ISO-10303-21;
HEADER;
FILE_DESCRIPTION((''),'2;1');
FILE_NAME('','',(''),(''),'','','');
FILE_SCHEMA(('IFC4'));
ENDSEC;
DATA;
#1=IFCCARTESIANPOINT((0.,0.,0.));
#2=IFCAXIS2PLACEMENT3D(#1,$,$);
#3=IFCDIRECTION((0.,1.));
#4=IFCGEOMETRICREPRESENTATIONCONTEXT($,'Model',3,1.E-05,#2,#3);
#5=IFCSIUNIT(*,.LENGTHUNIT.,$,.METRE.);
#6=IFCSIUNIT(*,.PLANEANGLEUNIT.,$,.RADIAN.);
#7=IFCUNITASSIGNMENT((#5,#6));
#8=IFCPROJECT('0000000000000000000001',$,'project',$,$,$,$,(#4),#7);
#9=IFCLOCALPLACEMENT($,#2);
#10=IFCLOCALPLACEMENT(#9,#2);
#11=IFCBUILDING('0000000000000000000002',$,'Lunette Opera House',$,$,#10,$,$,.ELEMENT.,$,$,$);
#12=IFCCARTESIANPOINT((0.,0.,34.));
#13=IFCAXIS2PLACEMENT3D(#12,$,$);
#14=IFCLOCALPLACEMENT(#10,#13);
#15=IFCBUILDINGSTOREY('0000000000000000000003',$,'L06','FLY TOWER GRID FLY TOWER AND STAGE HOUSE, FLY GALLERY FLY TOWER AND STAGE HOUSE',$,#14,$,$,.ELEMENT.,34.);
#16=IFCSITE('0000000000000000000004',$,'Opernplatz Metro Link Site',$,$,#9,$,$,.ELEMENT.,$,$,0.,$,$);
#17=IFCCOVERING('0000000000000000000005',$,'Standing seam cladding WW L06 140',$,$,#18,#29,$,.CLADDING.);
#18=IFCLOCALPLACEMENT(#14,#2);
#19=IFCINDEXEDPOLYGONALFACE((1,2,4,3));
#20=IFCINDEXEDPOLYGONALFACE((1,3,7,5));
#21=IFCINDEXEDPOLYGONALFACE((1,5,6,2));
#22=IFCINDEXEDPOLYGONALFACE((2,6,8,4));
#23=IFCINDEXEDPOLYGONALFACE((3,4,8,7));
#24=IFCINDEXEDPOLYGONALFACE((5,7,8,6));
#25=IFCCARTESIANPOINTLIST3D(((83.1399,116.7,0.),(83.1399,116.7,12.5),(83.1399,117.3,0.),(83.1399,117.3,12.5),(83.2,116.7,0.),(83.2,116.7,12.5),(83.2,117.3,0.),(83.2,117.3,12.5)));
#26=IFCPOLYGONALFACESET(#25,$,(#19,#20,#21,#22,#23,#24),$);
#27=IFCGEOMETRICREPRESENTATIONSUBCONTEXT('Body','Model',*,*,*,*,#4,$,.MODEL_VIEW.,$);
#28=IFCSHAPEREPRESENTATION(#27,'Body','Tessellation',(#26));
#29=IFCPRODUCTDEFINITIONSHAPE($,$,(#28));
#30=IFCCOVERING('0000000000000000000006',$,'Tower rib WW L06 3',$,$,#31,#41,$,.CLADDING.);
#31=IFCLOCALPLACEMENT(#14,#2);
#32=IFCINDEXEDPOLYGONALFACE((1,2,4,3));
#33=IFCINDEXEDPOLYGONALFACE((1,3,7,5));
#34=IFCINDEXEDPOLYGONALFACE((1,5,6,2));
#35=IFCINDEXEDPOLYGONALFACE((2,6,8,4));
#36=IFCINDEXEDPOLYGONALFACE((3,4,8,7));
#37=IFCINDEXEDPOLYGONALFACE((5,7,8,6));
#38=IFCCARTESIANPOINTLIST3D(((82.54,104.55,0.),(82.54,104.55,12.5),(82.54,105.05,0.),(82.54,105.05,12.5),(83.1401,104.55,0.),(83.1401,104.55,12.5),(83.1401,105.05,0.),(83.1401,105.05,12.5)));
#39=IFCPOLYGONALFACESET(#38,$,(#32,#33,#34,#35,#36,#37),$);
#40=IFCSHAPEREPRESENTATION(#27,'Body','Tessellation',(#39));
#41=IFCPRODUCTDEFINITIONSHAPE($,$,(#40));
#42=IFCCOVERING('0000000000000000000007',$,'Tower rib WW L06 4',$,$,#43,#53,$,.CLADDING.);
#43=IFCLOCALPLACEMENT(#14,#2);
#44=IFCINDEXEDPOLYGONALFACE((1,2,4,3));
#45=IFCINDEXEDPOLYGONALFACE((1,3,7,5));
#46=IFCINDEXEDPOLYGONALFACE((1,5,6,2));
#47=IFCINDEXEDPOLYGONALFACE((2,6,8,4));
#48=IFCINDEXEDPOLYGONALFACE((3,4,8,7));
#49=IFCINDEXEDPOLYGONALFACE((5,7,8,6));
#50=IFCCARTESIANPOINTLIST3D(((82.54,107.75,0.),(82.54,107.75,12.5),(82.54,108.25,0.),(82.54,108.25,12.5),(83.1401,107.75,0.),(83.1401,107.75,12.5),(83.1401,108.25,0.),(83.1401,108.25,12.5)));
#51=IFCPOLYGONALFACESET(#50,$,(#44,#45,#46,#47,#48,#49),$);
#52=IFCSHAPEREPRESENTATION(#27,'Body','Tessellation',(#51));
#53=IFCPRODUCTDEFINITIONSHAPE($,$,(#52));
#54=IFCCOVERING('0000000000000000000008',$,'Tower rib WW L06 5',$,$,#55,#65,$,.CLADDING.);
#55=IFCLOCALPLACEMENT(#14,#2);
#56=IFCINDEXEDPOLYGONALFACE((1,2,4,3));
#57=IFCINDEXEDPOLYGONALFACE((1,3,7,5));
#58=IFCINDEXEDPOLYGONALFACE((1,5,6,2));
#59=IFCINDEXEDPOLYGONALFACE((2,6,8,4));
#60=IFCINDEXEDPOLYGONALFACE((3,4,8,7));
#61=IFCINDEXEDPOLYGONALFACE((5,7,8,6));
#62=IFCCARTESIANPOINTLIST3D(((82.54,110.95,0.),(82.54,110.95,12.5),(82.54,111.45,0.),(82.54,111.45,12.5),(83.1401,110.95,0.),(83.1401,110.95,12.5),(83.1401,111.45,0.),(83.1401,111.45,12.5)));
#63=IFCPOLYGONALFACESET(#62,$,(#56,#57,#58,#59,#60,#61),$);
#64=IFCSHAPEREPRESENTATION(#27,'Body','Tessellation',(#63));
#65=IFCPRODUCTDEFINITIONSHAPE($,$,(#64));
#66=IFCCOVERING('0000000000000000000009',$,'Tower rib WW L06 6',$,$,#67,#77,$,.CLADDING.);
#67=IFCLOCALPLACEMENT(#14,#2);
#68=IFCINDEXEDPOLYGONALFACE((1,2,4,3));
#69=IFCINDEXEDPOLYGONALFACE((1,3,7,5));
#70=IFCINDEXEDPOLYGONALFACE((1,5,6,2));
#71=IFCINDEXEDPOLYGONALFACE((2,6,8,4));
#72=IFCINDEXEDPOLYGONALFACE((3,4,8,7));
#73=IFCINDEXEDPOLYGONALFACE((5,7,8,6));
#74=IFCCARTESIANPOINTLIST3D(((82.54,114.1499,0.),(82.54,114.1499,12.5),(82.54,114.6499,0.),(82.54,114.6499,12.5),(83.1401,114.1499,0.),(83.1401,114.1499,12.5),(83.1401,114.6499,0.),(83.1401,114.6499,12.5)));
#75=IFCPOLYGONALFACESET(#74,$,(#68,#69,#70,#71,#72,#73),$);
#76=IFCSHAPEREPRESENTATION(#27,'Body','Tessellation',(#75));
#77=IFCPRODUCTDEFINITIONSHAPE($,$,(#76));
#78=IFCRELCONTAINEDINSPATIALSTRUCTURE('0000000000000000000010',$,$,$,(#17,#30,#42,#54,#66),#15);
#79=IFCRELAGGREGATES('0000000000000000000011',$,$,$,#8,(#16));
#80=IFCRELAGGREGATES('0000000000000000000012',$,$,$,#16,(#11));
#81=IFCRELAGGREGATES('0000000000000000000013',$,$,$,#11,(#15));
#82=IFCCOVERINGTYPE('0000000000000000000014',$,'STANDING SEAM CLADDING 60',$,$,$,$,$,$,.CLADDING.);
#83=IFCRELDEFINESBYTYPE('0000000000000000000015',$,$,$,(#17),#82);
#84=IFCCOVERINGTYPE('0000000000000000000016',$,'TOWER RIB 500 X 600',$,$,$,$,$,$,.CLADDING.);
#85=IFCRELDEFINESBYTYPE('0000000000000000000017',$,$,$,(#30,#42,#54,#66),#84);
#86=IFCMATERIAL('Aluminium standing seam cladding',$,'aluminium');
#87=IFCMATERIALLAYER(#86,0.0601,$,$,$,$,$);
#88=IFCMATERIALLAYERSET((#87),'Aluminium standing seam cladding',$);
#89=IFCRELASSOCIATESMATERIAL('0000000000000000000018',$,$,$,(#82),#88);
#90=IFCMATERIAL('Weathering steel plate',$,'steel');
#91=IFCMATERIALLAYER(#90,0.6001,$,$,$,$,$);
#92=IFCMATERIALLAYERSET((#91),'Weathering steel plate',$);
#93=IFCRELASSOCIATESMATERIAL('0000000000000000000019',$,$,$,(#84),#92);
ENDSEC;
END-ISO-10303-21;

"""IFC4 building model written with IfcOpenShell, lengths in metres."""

from ifc_helpers import new_model, si_unit, direction, frame, origin, origin_2d, place, context, subcontext, project, spatial, rectangle, extrude, material, layer, layer_set, type_object, element, save


model = new_model("IFC4")

# Units and contexts
model_context = context("Model", 3, precision=1e-05, world=origin(), true_north=direction((0.0, 1.0)))
body_context = subcontext(model_context, "Body", "Model", "MODEL_VIEW")
ifc_project = project(units=[si_unit("LENGTHUNIT", "METRE"), si_unit("PLANEANGLEUNIT", "RADIAN")], contexts=[model_context])

# Site, building, storey
site_placement = place(None, origin())
site = spatial("IfcSite", under=ifc_project, at=site_placement, Name="Opernplatz Metro Link Site", CompositionType="ELEMENT", RefElevation=0.0)
building_placement = place(site_placement, origin())
building = spatial("IfcBuilding", under=site, at=building_placement, Name="Lunette Opera House", CompositionType="ELEMENT")
storey_placement = place(building_placement, frame((0.0, 0.0, 34.0)))
storey = spatial("IfcBuildingStorey", under=building, at=storey_placement, Name="L06", Description="FLY TOWER GRID FLY TOWER AND STAGE HOUSE, FLY GALLERY FLY TOWER AND STAGE HOUSE", CompositionType="ELEMENT", Elevation=34.0)

# Coverings
ifc_material_1 = material(Name="Aluminium standing seam cladding", Category="aluminium")
ifc_layer_1 = layer(ifc_material_1, 0.0601)
ifc_layer_set_1 = layer_set([ifc_layer_1], Name="Aluminium standing seam cladding")
covering_type_1 = type_object("IfcCoveringType", Name="STANDING SEAM CLADDING 60", PredefinedType="CLADDING", material=ifc_layer_set_1)
covering_1_placement = place(storey_placement, frame((83.1699, 117.0, 0.0), z_axis=(0.0, 0.0, 1.0), x_axis=(0.0, 1.0, 0.0)))
element("IfcCovering", 1, at=covering_1_placement, inside=storey, type_object=covering_type_1, Name="Standing seam cladding WW L06 140", PredefinedType="CLADDING", context=body_context, shape_type="SweptSolid", body=[
    extrude(rectangle(XDim=0.6001, YDim=0.0601, at=origin_2d()), origin(), (0.0, 0.0, 1.0), 12.5),
])
ifc_material_2 = material(Name="Weathering steel plate", Category="steel")
ifc_layer_2 = layer(ifc_material_2, 0.6001)
ifc_layer_set_2 = layer_set([ifc_layer_2], Name="Weathering steel plate")
covering_type_2 = type_object("IfcCoveringType", Name="TOWER RIB 500 X 600", PredefinedType="CLADDING", material=ifc_layer_set_2)
for number, where, z_axis, x_axis, name in (
    (2, (82.8401, 104.8, 0.0), (0.0, 0.0, 1.0), (0.0, 1.0, 0.0), "Tower rib WW L06 3"),
    (3, (82.8401, 108.0, 0.0), (0.0, 0.0, 1.0), (0.0, 1.0, 0.0), "Tower rib WW L06 4"),
    (4, (82.8401, 111.2, 0.0), (0.0, 0.0, 1.0), (0.0, 1.0, 0.0), "Tower rib WW L06 5"),
    (5, (82.8401, 114.3999, 0.0), (0.0, 0.0, 1.0), (0.0, 1.0, 0.0), "Tower rib WW L06 6"),
):
    element("IfcCovering", number, at=place(storey_placement, frame(where, z_axis=z_axis, x_axis=x_axis)), inside=storey, type_object=covering_type_2, Name=name, PredefinedType="CLADDING", context=body_context, shape_type="SweptSolid", body=[
        extrude(rectangle(XDim=0.5, YDim=0.6001, at=origin_2d()), origin(), (0.0, 0.0, 1.0), 12.5),
    ])

save(model, "model.ifc")
